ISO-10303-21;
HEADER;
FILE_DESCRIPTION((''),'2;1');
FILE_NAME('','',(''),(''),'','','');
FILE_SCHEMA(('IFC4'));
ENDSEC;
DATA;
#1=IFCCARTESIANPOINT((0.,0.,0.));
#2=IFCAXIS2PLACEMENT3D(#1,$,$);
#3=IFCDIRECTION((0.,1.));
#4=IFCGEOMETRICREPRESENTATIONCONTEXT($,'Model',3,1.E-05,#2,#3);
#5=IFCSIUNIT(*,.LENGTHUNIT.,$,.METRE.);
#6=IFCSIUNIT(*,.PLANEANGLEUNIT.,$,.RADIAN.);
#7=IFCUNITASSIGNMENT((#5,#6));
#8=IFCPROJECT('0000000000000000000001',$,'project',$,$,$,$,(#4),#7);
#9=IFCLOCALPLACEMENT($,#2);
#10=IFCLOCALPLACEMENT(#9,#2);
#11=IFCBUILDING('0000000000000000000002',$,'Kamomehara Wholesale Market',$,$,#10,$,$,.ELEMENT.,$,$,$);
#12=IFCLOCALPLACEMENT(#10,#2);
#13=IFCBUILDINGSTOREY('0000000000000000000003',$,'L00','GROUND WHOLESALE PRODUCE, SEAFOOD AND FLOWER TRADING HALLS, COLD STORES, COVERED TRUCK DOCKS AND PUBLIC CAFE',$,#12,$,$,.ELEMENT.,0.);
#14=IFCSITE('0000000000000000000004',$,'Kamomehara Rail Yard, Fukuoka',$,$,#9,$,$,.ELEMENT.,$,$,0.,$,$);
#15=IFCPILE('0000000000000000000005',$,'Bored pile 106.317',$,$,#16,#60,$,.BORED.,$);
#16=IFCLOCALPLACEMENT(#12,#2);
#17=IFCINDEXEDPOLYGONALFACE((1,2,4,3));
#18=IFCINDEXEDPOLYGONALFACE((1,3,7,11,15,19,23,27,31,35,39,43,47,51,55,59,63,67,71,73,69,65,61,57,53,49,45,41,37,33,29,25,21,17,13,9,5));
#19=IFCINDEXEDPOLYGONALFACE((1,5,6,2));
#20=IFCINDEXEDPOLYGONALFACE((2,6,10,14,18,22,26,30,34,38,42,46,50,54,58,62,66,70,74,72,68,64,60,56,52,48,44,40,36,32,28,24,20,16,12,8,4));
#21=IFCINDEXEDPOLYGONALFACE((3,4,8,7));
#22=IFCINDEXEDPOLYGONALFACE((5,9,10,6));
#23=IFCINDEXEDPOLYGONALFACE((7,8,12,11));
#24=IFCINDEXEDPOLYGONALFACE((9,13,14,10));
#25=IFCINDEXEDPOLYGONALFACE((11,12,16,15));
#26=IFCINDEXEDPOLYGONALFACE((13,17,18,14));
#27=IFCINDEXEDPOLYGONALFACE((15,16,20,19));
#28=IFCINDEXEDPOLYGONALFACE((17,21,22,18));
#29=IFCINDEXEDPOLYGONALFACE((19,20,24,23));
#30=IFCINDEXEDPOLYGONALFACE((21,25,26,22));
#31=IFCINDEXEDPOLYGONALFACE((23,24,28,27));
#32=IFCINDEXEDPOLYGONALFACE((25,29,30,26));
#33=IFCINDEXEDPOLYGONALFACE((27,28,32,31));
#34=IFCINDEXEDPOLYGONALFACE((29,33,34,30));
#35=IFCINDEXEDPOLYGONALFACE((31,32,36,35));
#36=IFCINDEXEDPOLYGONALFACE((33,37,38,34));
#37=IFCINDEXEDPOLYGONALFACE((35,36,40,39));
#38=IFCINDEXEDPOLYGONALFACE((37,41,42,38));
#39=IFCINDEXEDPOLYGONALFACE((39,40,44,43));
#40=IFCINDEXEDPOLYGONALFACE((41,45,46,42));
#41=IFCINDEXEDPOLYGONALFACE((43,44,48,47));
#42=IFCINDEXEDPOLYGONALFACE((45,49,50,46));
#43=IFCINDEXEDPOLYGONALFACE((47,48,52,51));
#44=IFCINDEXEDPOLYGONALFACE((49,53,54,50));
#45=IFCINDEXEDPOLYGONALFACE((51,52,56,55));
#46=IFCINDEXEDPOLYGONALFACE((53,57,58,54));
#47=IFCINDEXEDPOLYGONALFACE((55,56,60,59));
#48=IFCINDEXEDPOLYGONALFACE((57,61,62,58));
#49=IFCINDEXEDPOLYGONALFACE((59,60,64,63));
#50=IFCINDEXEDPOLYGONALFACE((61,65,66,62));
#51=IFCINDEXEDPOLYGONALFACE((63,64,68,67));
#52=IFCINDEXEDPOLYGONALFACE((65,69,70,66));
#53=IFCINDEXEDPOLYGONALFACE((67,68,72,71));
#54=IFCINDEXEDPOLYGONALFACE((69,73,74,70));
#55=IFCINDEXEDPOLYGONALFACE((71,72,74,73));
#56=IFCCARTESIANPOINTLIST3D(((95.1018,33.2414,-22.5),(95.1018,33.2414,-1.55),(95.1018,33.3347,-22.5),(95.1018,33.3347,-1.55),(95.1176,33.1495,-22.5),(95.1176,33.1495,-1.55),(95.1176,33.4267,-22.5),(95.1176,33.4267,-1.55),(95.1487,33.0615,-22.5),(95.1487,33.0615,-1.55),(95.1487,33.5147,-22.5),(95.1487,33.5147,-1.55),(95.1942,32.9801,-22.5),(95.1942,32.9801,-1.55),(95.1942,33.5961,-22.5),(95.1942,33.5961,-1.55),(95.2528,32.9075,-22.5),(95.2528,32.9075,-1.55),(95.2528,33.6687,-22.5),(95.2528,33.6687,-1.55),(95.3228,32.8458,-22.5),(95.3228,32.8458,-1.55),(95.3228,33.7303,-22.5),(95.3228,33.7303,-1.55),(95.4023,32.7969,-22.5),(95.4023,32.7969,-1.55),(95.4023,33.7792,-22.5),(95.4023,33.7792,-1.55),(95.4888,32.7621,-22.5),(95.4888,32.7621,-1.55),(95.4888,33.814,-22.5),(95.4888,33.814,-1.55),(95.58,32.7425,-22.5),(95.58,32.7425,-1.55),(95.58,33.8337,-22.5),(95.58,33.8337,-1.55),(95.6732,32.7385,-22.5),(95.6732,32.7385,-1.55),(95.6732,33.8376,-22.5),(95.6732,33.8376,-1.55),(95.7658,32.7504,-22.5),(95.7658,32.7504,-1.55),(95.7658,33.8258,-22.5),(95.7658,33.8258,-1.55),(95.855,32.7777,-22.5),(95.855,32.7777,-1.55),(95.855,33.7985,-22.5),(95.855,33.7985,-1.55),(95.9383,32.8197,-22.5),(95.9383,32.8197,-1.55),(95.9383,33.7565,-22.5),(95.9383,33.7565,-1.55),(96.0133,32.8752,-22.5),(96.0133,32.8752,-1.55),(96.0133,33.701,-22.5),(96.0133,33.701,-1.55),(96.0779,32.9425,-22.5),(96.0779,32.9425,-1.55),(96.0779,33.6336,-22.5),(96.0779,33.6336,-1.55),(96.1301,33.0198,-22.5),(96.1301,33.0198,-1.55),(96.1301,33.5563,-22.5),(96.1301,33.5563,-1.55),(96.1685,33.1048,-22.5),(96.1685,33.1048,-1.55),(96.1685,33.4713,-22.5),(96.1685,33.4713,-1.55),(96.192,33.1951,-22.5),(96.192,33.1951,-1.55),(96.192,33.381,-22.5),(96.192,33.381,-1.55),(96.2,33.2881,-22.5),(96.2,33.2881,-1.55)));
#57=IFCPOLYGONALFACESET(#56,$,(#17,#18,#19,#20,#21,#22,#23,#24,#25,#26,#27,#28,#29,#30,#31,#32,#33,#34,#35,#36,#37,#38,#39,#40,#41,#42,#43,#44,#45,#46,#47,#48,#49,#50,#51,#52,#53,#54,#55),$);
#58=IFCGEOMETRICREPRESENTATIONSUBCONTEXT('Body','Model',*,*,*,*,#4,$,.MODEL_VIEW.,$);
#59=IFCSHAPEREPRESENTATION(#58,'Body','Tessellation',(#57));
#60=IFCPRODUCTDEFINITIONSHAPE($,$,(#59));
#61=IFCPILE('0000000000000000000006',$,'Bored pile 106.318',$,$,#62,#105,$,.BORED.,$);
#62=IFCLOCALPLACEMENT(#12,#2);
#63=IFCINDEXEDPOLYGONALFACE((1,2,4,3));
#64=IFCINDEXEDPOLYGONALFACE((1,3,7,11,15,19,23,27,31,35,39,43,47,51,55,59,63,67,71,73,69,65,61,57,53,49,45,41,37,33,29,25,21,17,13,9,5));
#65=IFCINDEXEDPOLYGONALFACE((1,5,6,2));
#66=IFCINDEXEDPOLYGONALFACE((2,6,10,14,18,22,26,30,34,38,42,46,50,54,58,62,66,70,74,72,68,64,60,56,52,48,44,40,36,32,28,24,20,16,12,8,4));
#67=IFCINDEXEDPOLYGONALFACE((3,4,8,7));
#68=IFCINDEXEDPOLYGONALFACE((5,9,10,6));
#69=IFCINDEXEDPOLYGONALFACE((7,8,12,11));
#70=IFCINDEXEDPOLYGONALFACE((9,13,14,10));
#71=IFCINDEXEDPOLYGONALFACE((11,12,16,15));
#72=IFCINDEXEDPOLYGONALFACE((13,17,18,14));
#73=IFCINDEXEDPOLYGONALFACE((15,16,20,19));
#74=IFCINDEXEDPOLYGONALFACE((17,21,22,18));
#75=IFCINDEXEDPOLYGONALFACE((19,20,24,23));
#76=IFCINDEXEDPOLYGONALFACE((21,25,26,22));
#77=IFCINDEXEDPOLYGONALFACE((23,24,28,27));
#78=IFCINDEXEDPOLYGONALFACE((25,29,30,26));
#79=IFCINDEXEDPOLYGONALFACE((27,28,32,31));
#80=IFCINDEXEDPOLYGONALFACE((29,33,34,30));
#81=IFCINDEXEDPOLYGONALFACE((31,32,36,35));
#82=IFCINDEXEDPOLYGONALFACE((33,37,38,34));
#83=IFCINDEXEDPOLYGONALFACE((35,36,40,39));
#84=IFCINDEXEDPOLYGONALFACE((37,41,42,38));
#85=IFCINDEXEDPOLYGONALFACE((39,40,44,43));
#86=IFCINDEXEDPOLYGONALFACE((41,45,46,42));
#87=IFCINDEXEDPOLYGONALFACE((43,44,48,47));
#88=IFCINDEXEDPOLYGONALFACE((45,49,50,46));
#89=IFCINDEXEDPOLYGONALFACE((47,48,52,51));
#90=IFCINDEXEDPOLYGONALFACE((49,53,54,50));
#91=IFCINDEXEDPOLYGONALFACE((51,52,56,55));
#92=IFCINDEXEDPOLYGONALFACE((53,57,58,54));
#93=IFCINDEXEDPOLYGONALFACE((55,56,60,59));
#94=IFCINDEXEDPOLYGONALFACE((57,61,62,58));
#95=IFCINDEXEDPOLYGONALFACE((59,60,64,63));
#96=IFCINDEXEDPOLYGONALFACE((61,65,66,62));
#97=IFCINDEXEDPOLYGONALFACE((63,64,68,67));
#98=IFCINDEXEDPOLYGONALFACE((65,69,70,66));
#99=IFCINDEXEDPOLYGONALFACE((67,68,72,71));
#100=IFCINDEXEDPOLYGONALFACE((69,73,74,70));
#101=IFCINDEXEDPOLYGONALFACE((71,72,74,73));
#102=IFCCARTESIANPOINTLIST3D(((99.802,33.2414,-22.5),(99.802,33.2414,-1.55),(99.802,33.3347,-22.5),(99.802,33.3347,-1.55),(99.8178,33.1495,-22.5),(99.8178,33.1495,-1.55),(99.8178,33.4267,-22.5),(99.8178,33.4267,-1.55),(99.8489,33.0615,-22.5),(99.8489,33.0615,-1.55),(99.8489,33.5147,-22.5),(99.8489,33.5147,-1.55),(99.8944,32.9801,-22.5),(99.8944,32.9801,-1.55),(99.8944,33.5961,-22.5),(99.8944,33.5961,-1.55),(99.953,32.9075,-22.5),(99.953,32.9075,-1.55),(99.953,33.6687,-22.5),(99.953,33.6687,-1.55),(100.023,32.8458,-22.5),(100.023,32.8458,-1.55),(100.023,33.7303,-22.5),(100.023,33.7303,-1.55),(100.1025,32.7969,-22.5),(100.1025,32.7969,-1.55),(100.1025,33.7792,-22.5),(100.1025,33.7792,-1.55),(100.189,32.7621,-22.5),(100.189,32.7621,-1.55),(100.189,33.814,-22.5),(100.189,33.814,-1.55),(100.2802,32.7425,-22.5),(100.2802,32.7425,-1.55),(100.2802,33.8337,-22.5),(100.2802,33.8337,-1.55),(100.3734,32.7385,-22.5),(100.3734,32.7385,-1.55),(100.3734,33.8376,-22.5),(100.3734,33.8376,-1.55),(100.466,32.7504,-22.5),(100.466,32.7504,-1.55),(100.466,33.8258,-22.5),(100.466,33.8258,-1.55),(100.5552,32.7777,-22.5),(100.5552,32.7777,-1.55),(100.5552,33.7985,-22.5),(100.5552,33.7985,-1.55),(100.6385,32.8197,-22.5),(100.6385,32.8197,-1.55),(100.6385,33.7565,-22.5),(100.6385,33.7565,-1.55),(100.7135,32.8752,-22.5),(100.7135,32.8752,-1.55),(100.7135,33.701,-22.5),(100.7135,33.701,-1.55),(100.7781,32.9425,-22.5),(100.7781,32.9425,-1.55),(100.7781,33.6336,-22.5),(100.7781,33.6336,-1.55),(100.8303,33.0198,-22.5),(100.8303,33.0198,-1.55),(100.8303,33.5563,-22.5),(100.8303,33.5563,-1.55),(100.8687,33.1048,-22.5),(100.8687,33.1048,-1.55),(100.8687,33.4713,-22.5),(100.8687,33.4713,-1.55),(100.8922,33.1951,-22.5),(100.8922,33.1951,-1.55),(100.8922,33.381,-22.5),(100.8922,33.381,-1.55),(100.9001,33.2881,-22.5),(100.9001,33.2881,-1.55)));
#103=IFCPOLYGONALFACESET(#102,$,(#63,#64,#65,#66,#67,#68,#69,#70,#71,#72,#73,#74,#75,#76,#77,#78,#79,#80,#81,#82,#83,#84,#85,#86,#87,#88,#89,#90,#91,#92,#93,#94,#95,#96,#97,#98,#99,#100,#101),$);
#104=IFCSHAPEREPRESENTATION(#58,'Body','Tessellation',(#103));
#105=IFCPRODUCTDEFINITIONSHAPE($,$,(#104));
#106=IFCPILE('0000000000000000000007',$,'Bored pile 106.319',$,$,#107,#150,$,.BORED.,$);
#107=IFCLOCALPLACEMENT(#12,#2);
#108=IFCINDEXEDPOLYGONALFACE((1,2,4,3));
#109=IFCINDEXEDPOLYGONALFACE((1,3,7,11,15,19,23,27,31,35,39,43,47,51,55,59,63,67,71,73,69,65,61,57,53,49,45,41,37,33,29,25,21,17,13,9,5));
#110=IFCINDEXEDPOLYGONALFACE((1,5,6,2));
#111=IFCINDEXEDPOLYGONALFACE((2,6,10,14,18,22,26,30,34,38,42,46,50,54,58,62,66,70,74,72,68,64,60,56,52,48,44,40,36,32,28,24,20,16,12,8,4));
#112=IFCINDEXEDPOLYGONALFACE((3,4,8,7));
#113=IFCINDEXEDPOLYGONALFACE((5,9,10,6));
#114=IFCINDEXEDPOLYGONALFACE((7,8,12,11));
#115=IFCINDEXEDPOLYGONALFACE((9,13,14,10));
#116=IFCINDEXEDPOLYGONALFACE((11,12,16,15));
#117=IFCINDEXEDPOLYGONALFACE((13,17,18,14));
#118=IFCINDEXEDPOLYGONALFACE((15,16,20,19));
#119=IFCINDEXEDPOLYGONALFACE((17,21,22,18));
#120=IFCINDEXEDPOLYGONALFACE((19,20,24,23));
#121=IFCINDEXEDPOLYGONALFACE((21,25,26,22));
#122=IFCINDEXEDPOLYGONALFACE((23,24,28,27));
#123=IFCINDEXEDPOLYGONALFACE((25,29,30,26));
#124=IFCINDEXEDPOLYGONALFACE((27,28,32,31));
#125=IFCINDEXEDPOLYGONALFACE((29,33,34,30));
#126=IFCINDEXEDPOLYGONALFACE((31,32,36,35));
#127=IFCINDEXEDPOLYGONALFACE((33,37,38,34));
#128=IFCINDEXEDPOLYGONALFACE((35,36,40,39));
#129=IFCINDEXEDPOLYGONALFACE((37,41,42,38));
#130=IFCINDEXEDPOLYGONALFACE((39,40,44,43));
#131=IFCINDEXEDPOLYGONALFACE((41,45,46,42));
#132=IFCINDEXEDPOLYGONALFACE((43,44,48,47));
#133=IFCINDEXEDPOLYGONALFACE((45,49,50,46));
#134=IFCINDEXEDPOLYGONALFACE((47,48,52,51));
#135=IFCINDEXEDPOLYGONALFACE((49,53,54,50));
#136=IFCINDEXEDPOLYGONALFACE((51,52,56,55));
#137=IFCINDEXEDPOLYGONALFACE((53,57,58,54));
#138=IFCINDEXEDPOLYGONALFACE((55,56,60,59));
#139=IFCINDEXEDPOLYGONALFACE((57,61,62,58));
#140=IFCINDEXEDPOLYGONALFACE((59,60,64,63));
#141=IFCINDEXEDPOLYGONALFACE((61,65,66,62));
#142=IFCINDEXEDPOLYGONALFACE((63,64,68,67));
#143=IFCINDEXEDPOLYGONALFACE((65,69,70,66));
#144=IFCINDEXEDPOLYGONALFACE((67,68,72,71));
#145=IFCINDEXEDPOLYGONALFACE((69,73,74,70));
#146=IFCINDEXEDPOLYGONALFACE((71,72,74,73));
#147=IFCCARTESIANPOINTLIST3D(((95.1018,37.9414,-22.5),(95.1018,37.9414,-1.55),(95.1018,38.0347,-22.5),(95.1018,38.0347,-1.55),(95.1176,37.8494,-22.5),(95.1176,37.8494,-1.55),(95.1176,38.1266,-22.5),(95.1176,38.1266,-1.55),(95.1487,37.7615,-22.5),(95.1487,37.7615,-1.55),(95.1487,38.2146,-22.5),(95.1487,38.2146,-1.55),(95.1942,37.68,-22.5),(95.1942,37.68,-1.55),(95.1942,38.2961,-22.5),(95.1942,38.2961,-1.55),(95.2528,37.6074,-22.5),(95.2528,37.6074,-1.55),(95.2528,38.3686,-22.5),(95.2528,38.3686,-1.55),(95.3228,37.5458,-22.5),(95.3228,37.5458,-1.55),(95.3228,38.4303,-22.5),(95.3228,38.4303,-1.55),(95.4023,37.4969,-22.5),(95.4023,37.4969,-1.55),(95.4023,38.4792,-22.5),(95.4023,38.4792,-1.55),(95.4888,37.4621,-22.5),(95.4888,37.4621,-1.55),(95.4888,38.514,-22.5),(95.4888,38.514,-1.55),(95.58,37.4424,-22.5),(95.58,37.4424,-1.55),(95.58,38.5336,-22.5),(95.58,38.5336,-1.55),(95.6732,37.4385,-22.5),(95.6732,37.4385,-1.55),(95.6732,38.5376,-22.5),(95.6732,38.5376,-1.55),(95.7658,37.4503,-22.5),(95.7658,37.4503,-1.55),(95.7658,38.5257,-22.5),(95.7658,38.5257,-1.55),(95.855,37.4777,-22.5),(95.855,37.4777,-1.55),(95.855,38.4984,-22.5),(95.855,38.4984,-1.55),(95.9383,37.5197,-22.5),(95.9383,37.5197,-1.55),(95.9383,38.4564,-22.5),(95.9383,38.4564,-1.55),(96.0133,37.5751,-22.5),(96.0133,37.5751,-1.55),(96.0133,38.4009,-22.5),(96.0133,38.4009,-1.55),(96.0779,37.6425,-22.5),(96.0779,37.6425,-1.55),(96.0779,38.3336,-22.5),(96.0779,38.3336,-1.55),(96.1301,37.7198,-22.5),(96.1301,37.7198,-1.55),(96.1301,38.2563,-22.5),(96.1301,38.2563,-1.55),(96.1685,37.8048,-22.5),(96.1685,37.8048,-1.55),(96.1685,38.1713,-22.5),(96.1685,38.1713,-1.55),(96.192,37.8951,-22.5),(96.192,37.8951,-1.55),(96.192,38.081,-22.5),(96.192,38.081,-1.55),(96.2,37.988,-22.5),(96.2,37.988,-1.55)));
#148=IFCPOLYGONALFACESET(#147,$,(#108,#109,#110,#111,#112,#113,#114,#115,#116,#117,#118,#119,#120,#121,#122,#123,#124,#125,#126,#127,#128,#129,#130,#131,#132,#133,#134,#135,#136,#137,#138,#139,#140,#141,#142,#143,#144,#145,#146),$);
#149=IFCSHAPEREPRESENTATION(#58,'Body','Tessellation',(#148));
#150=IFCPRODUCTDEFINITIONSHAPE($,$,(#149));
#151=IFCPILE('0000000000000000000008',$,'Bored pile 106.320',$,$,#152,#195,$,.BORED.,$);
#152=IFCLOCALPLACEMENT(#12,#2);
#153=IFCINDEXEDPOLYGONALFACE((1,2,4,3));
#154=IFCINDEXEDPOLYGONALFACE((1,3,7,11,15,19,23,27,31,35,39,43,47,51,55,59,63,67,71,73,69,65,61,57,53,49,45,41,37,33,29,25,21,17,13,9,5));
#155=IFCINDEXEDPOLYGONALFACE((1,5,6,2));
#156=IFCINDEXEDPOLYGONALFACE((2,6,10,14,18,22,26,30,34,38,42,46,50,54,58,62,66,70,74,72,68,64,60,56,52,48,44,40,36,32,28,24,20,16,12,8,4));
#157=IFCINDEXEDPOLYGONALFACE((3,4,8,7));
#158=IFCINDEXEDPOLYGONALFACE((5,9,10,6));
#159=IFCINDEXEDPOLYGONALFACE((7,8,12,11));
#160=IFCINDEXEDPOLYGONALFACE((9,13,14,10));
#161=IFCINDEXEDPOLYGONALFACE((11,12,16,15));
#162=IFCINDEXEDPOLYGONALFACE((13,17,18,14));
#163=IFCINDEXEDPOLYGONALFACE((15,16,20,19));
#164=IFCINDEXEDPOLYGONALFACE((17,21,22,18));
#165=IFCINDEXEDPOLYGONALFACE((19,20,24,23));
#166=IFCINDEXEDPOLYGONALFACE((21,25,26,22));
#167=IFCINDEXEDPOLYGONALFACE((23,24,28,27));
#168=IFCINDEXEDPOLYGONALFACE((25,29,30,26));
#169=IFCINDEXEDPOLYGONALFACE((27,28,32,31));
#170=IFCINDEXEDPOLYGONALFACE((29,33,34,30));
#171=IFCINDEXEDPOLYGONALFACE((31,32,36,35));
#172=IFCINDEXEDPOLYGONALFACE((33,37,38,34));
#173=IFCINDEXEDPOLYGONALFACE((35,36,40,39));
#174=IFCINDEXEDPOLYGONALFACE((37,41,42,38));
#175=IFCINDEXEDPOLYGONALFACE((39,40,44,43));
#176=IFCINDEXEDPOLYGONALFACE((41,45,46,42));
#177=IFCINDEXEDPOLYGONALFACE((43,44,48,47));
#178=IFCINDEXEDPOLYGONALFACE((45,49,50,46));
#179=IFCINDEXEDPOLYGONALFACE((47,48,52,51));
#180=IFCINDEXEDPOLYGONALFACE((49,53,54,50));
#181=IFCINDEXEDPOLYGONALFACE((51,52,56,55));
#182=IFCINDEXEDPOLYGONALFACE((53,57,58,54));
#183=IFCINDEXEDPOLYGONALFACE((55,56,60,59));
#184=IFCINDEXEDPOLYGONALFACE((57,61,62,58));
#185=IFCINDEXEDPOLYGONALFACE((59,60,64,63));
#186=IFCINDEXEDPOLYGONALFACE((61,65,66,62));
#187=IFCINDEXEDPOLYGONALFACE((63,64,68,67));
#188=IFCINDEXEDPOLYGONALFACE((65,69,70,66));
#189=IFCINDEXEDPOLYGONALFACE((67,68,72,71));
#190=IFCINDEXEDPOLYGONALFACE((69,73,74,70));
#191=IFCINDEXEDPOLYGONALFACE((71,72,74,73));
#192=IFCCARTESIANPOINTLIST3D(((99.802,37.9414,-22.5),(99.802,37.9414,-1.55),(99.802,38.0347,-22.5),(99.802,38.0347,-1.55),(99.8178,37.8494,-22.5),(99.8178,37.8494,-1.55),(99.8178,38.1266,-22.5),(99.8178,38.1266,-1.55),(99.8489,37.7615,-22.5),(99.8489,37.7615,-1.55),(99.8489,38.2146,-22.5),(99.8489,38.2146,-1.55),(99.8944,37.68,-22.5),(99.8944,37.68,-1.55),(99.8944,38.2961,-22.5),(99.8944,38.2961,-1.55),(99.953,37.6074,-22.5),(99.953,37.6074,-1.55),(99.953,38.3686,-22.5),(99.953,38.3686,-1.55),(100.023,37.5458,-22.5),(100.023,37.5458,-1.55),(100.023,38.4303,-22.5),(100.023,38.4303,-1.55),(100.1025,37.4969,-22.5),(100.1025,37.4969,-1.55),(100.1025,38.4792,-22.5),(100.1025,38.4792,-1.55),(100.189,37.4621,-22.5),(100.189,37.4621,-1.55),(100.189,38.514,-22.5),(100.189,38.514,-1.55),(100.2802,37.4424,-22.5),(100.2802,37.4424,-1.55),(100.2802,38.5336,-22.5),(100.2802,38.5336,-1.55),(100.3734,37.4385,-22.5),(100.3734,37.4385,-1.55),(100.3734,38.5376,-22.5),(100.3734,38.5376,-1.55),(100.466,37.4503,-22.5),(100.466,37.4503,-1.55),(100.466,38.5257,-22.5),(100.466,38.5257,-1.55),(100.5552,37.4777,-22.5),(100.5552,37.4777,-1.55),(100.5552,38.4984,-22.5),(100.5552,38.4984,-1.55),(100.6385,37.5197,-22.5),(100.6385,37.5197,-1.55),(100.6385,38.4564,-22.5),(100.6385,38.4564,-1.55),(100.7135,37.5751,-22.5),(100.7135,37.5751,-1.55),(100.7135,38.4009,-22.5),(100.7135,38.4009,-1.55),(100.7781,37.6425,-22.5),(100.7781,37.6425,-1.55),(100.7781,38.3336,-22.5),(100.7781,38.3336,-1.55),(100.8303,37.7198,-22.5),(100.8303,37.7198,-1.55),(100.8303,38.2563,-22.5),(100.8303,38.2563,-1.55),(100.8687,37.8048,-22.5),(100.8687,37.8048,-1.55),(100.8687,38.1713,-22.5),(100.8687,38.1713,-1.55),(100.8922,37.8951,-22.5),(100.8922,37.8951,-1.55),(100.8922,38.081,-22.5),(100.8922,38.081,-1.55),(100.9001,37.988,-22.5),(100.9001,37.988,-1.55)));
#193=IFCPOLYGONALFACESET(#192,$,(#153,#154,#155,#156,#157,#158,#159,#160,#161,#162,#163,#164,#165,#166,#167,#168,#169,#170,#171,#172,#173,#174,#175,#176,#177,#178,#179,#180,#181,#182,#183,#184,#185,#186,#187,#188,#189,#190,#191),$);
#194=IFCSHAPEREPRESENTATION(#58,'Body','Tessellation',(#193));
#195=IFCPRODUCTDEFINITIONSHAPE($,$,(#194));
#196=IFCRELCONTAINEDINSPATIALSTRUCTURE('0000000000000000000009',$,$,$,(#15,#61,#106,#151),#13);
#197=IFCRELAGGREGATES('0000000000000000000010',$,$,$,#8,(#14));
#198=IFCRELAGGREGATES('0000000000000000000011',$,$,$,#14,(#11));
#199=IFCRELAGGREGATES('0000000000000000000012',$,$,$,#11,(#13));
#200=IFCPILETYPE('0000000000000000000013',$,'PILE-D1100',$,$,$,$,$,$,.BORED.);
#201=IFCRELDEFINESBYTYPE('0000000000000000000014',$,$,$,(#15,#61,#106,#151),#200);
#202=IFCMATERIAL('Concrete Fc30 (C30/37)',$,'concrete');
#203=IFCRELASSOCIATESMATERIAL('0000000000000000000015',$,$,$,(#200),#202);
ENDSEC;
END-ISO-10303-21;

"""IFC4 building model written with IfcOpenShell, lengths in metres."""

from ifc_helpers import new_model, si_unit, direction, frame, origin, origin_2d, place, context, subcontext, project, spatial, circle, extrude, material, material_profile, profile_set, type_object, element, save


model = new_model("IFC4")

# Units and contexts
model_context = context("Model", 3, precision=1e-05, world=origin(), true_north=direction((0.0, 1.0)))
body_context = subcontext(model_context, "Body", "Model", "MODEL_VIEW")
ifc_project = project(units=[si_unit("LENGTHUNIT", "METRE"), si_unit("PLANEANGLEUNIT", "RADIAN")], contexts=[model_context])

# Site, building, storey
site_placement = place(None, origin())
site = spatial("IfcSite", under=ifc_project, at=site_placement, Name="Kamomehara Rail Yard, Fukuoka", CompositionType="ELEMENT", RefElevation=0.0)
building_placement = place(site_placement, origin())
building = spatial("IfcBuilding", under=site, at=building_placement, Name="Kamomehara Wholesale Market", CompositionType="ELEMENT")
storey_placement = place(building_placement, origin())
storey = spatial("IfcBuildingStorey", under=building, at=storey_placement, Name="L00", Description="GROUND WHOLESALE PRODUCE, SEAFOOD AND FLOWER TRADING HALLS, COLD STORES, COVERED TRUCK DOCKS AND PUBLIC CAFE", CompositionType="ELEMENT", Elevation=0.0)

# Piles
ifc_material_1 = material(Name="Concrete Fc30 (C30/37)", Category="concrete")
ifc_material_profile_1 = material_profile(ifc_material_1, circle(Radius=0.55, at=origin_2d()), Name="RC-PILE-D1100")
ifc_profile_set_1 = profile_set([ifc_material_profile_1], Name="Concrete Fc30 (C30/37)")
pile_type_1 = type_object("IfcPileType", Name="PILE-D1100", PredefinedType="BORED", material=ifc_profile_set_1)
for number, where, z_axis, x_axis, name in (
    (1, (95.6499, 33.2881, -1.55), (0.0, 0.0, -1.0), (1.0, 0.0, 0.0), "Bored pile 106.317"),
    (2, (100.3501, 33.2881, -1.55), (0.0, 0.0, -1.0), (1.0, 0.0, 0.0), "Bored pile 106.318"),
    (3, (95.6499, 37.988, -1.55), (0.0, 0.0, -1.0), (1.0, 0.0, 0.0), "Bored pile 106.319"),
    (4, (100.3501, 37.988, -1.55), (0.0, 0.0, -1.0), (1.0, 0.0, 0.0), "Bored pile 106.320"),
):
    element("IfcPile", number, at=place(storey_placement, frame(where, z_axis=z_axis, x_axis=x_axis)), inside=storey, type_object=pile_type_1, Name=name, PredefinedType="BORED", context=body_context, shape_type="SweptSolid", body=[
        extrude(circle(Radius=0.55, at=origin_2d()), origin(), (0.0, 0.0, 1.0), 20.95),
    ])

save(model, "model.ifc")
